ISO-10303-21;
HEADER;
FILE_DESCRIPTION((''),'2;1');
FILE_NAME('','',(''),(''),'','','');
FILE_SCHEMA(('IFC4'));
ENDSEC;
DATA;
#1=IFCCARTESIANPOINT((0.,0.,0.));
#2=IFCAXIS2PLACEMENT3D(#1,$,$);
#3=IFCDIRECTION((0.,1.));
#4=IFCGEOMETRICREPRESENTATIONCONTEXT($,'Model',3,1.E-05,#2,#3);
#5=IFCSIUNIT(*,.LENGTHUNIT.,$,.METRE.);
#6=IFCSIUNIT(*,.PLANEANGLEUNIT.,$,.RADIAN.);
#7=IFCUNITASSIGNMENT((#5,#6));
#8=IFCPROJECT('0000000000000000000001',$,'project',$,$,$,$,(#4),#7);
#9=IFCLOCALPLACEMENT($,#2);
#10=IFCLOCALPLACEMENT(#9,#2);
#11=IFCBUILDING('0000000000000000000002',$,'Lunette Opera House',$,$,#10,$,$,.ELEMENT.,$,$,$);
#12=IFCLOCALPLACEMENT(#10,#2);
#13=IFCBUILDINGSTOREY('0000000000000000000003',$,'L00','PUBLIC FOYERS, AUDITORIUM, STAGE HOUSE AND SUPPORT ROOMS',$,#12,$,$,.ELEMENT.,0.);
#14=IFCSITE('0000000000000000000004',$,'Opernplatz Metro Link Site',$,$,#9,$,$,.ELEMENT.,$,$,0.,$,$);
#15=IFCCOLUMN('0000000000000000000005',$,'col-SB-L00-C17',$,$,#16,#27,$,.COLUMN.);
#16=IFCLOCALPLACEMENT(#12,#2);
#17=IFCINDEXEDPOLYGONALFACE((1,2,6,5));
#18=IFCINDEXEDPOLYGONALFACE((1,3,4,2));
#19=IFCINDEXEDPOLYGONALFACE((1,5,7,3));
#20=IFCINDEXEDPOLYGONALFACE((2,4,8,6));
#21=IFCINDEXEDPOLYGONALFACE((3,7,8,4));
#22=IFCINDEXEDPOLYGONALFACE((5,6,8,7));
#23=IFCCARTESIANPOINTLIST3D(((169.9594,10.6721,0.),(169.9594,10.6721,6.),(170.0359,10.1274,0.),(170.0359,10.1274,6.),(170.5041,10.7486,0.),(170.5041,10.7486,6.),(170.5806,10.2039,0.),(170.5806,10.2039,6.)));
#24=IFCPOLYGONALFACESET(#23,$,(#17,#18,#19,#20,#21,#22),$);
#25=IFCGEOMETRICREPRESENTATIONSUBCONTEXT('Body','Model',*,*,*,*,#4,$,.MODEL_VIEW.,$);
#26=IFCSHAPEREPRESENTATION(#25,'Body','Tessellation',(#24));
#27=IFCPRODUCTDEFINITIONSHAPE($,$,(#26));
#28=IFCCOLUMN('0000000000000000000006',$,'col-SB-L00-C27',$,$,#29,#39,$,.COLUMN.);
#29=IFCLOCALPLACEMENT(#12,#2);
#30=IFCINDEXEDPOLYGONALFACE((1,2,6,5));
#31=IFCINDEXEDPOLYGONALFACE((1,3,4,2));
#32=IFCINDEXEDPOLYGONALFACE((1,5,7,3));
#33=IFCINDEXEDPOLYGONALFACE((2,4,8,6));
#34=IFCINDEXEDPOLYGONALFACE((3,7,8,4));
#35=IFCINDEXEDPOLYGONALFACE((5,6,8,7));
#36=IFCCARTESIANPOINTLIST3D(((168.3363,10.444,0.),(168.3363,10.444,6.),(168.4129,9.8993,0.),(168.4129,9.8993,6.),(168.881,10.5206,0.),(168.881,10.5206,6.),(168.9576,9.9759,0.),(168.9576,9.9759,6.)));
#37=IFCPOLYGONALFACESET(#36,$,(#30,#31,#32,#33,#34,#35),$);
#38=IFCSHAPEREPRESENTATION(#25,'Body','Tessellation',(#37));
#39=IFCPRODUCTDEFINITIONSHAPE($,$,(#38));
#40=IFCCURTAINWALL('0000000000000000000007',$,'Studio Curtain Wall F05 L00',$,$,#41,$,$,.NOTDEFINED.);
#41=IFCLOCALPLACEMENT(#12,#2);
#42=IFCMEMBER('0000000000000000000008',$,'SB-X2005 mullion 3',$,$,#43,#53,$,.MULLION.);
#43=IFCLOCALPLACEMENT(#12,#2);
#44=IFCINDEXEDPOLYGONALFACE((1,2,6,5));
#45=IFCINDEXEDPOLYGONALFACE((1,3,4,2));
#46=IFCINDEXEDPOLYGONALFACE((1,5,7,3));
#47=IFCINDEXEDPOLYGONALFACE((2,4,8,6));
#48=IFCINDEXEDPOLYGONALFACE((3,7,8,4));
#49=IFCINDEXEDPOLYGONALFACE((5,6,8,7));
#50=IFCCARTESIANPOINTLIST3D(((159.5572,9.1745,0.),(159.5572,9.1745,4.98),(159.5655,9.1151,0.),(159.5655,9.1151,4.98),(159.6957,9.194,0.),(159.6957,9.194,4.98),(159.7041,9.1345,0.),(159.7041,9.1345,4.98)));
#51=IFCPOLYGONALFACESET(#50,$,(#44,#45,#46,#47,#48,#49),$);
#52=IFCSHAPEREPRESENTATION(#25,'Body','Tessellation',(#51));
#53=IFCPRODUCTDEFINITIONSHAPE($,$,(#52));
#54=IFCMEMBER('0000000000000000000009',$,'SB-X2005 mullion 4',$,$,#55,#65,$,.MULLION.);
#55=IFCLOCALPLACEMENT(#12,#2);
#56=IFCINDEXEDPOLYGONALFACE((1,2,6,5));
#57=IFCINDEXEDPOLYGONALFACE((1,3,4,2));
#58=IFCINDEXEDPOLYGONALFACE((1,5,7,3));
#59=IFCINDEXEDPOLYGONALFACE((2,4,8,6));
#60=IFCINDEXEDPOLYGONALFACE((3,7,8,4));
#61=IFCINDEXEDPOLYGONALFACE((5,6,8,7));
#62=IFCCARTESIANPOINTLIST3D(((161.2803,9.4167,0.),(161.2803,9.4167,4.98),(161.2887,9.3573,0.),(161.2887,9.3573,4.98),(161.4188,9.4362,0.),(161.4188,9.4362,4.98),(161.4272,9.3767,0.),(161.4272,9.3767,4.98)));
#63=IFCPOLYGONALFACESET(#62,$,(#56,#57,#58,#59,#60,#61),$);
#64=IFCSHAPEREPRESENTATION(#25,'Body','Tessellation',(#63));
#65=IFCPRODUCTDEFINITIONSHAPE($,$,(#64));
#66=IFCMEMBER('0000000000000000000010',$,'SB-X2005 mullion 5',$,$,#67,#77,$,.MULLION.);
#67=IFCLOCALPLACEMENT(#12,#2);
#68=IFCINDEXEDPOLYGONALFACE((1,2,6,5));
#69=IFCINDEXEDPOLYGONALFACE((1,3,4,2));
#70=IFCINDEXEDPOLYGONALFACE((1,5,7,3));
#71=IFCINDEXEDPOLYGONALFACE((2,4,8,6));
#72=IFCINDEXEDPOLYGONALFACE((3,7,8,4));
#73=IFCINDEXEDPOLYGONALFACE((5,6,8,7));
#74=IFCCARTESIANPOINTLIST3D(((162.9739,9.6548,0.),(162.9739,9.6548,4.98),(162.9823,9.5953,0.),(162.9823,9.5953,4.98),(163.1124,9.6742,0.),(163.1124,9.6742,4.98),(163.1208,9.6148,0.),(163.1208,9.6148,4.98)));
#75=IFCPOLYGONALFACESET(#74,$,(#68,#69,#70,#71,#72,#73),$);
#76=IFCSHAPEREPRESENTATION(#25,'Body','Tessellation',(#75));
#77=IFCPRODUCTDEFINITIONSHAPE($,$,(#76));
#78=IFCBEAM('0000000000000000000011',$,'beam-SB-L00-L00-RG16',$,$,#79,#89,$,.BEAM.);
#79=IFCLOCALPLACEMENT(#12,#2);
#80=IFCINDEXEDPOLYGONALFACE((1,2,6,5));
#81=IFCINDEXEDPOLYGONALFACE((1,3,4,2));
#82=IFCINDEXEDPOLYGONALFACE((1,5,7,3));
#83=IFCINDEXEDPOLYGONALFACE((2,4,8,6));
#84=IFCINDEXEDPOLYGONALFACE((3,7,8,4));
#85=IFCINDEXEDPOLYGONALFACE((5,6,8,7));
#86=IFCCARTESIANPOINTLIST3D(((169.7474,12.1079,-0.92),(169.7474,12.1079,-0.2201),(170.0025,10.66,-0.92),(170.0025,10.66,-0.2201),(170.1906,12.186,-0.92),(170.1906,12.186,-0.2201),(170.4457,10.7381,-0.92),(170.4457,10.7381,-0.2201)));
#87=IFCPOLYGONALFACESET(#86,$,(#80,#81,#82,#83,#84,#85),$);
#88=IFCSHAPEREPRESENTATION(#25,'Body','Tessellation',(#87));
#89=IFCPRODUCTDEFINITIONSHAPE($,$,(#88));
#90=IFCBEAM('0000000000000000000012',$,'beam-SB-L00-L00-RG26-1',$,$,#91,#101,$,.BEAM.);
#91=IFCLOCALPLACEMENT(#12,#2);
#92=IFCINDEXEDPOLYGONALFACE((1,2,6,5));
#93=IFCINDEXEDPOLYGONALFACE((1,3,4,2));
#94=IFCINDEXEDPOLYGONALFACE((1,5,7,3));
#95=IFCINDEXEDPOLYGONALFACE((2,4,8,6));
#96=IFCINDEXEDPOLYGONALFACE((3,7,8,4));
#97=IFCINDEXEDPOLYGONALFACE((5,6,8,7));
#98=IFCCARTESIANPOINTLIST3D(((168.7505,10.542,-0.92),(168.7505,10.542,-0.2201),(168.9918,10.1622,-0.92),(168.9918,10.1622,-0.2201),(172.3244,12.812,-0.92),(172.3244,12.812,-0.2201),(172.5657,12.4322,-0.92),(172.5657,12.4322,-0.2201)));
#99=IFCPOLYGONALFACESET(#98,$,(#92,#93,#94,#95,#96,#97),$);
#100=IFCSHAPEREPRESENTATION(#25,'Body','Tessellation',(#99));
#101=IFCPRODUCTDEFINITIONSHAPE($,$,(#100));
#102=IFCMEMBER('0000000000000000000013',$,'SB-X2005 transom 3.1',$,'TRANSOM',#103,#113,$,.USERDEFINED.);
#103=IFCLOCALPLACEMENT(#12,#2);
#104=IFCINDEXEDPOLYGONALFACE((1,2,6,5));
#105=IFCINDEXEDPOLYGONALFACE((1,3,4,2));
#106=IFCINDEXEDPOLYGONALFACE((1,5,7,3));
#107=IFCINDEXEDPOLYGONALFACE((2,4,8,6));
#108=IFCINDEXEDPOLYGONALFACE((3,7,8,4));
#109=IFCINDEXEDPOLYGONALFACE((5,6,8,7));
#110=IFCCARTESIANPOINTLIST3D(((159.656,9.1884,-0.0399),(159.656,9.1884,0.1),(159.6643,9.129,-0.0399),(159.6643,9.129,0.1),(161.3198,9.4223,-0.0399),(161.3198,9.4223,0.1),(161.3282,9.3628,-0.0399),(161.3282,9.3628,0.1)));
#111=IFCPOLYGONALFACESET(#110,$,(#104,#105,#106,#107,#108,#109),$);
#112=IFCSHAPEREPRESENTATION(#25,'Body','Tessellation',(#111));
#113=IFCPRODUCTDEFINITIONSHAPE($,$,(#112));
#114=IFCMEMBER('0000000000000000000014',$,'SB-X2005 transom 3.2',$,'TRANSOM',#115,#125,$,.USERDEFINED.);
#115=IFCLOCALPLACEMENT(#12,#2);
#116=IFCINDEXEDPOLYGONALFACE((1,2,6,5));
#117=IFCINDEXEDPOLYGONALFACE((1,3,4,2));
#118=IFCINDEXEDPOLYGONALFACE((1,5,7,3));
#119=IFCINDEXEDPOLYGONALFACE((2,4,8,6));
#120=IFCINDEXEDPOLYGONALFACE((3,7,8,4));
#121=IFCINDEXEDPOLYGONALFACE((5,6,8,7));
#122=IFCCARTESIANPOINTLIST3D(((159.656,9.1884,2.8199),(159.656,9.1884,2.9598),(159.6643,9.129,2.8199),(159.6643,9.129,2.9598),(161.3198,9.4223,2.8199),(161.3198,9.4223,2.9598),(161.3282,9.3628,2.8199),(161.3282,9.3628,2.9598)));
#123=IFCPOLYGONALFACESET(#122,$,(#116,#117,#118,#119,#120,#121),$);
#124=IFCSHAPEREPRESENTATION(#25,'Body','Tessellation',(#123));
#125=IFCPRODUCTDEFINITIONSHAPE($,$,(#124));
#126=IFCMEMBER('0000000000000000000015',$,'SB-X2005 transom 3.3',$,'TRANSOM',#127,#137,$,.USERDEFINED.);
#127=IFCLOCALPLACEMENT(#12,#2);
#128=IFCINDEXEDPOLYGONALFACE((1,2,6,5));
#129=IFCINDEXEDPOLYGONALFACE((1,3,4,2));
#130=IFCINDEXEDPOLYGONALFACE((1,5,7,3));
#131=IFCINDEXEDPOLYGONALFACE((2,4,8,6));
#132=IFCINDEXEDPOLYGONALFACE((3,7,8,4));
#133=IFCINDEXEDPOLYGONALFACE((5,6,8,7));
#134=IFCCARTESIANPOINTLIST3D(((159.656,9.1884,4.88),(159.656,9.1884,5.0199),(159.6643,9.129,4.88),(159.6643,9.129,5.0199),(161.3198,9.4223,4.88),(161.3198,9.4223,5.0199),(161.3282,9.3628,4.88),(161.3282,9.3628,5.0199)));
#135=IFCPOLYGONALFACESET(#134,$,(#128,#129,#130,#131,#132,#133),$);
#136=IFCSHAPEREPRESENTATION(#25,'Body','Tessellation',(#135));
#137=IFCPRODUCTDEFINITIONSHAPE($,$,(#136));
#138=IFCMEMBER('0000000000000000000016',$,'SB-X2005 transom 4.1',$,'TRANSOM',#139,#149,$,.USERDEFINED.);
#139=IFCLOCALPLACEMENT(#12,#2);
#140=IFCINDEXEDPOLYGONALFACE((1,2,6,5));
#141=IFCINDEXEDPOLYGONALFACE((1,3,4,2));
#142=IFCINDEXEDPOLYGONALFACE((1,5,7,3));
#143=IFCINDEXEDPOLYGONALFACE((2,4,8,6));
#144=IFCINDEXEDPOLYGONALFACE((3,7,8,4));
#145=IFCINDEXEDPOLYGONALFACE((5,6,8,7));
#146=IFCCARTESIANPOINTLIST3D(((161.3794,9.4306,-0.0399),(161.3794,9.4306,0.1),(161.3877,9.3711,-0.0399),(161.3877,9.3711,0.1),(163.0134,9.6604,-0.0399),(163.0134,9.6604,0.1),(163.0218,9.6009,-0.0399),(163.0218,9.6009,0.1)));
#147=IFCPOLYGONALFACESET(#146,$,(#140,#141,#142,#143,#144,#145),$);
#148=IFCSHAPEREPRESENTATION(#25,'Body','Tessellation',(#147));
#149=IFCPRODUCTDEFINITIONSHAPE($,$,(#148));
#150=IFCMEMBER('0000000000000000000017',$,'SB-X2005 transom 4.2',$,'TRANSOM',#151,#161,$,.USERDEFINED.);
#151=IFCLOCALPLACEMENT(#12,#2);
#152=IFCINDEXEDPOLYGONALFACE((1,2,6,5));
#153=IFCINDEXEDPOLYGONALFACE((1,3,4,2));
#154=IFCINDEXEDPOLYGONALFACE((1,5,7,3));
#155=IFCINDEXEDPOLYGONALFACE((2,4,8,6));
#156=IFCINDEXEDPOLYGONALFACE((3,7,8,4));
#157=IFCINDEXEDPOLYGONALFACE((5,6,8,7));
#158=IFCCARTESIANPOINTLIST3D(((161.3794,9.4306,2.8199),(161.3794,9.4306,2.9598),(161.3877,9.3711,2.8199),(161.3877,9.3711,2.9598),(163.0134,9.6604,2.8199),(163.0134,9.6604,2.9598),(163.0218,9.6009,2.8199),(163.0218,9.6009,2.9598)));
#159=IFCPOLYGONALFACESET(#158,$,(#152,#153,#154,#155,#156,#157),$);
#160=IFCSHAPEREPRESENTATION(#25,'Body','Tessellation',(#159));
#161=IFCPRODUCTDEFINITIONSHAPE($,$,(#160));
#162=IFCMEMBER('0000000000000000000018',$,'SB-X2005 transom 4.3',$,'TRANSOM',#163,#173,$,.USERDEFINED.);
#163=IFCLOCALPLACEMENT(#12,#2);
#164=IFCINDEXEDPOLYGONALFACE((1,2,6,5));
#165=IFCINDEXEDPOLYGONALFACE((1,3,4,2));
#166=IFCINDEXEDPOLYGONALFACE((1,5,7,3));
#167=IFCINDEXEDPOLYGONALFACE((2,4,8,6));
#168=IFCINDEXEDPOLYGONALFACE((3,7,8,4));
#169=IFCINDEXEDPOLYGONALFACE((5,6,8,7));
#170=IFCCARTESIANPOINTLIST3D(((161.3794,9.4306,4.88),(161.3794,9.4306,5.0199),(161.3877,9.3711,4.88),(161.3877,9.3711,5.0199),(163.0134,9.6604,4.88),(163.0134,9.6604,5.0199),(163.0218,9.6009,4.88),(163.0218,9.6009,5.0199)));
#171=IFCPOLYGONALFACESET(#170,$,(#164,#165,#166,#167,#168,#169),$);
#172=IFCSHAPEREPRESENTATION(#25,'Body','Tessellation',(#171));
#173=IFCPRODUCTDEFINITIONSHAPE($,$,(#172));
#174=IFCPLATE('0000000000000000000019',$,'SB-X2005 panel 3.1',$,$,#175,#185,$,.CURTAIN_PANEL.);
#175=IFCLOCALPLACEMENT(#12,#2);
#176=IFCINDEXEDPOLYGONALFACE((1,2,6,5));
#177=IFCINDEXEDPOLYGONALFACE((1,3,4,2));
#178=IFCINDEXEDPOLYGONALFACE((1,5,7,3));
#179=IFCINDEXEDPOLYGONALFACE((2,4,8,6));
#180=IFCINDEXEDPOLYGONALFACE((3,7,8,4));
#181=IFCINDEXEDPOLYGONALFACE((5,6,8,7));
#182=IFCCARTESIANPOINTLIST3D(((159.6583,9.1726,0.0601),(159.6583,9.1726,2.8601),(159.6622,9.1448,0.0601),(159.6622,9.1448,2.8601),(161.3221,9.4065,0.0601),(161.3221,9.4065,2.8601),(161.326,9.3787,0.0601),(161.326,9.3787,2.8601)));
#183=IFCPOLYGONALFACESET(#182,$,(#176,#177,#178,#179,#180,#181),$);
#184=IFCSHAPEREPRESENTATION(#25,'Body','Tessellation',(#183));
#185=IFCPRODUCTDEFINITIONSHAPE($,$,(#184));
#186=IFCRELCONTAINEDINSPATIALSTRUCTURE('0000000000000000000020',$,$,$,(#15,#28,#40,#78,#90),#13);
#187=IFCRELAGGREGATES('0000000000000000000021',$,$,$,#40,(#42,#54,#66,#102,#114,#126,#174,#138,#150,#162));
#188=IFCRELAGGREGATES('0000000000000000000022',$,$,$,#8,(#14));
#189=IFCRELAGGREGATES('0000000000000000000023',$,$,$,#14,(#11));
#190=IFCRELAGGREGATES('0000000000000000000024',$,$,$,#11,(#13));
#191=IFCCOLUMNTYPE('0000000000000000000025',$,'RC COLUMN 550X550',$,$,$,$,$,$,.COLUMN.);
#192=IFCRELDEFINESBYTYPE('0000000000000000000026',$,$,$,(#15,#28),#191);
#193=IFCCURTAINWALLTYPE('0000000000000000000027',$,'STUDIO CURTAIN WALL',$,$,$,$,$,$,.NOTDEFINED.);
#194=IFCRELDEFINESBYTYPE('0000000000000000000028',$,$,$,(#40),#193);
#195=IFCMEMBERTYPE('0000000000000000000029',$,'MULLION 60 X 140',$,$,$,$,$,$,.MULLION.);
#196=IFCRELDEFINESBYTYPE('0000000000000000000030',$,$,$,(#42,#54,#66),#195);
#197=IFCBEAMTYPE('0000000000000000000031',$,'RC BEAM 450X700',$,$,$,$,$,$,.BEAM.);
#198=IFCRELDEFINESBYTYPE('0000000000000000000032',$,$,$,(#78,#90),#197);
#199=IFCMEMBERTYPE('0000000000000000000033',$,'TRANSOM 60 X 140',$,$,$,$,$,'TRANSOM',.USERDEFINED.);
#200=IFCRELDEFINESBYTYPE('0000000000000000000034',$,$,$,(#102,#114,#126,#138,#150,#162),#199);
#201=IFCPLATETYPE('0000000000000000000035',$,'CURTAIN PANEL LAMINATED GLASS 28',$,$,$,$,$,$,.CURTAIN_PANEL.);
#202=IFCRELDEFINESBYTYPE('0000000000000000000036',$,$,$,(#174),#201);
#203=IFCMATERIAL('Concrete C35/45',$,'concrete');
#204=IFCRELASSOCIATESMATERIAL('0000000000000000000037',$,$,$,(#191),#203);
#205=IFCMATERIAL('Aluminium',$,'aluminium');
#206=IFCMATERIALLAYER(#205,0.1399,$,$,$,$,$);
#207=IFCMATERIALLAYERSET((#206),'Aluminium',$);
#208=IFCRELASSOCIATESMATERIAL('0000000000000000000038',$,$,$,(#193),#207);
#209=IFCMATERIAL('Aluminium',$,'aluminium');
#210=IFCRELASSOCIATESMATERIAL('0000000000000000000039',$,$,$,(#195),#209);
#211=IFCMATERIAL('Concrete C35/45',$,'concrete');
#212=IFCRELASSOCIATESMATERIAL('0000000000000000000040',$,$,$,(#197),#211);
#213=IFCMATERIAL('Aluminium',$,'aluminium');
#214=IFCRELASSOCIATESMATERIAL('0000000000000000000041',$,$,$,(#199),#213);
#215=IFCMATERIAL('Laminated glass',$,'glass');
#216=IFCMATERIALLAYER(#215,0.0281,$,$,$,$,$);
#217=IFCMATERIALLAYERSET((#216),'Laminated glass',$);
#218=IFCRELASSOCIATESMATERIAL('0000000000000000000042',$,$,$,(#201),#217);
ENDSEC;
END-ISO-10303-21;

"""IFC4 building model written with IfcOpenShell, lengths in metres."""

from ifc_helpers import new_model, si_unit, direction, frame, origin, origin_2d, place, context, subcontext, project, spatial, rectangle, extrude, material, layer, layer_set, material_profile, profile_set, type_object, element, aggregate, save


model = new_model("IFC4")

# Units and contexts
model_context = context("Model", 3, precision=1e-05, world=origin(), true_north=direction((0.0, 1.0)))
body_context = subcontext(model_context, "Body", "Model", "MODEL_VIEW")
ifc_project = project(units=[si_unit("LENGTHUNIT", "METRE"), si_unit("PLANEANGLEUNIT", "RADIAN")], contexts=[model_context])

# Site, building, storey
site_placement = place(None, origin())
site = spatial("IfcSite", under=ifc_project, at=site_placement, Name="Opernplatz Metro Link Site", CompositionType="ELEMENT", RefElevation=0.0)
building_placement = place(site_placement, origin())
building = spatial("IfcBuilding", under=site, at=building_placement, Name="Lunette Opera House", CompositionType="ELEMENT")
storey_placement = place(building_placement, origin())
storey = spatial("IfcBuildingStorey", under=building, at=storey_placement, Name="L00", Description="PUBLIC FOYERS, AUDITORIUM, STAGE HOUSE AND SUPPORT ROOMS", CompositionType="ELEMENT", Elevation=0.0)

# Columns
ifc_material_1 = material(Name="Concrete C35/45", Category="concrete")
ifc_material_profile_1 = material_profile(ifc_material_1, rectangle(XDim=0.55, YDim=0.55, at=origin_2d()), Name="RC COLUMN 550X550")
ifc_profile_set_1 = profile_set([ifc_material_profile_1], Name="Concrete C35/45")
column_type = type_object("IfcColumnType", Name="RC COLUMN 550X550", PredefinedType="COLUMN", material=ifc_profile_set_1)
for number, where, z_axis, x_axis, name in (
    (1, (170.27, 10.438, 0.0), (0.0, 0.0, 1.0), (0.139173, -0.990268, 0.0), "col-SB-L00-C17"),
    (2, (168.647, 10.21, 0.0), (0.0, 0.0, 1.0), (0.139173, -0.990268, 0.0), "col-SB-L00-C27"),
):
    element("IfcColumn", number, at=place(storey_placement, frame(where, z_axis=z_axis, x_axis=x_axis)), inside=storey, type_object=column_type, Name=name, PredefinedType="COLUMN", context=body_context, shape_type="SweptSolid", body=[
        extrude(rectangle(XDim=0.55, YDim=0.55, at=origin_2d()), origin(), (0.0, 0.0, 1.0), 6.0),
    ])

# Curtain wall, members
ifc_material_2 = material(Name="Aluminium", Category="aluminium")
ifc_layer_1 = layer(ifc_material_2, 0.1399)
ifc_layer_set_1 = layer_set([ifc_layer_1], Name="Aluminium")
curtain_wall_type = type_object("IfcCurtainWallType", Name="STUDIO CURTAIN WALL", PredefinedType="NOTDEFINED", material=ifc_layer_set_1)
curtain_wall_placement = place(storey_placement, origin())
curtain_wall = element("IfcCurtainWall", 3, at=curtain_wall_placement, inside=storey, type_object=curtain_wall_type, Name="Studio Curtain Wall F05 L00", PredefinedType="NOTDEFINED")
ifc_material_3 = material(Name="Aluminium", Category="aluminium")
ifc_material_profile_2 = material_profile(ifc_material_3, rectangle(XDim=0.0601, YDim=0.1399, at=origin_2d()), Name="MULLION 60 X 140")
ifc_profile_set_2 = profile_set([ifc_material_profile_2], Name="Aluminium")
member_type_1 = type_object("IfcMemberType", Name="MULLION 60 X 140", PredefinedType="MULLION", material=ifc_profile_set_2)
member_1_placement = place(storey_placement, frame((159.6306, 9.1545, 0.0), z_axis=(0.0, 0.0, 1.0), x_axis=(-0.139209, 0.990263, 0.0)))
member_1 = element("IfcMember", 4, at=member_1_placement, type_object=member_type_1, Name="SB-X2005 mullion 3", PredefinedType="MULLION", context=body_context, shape_type="SweptSolid", body=[
    extrude(rectangle(XDim=0.0601, YDim=0.1399, at=origin_2d()), origin(), (0.0, 0.0, 1.0), 4.98),
])
member_2_placement = place(storey_placement, frame((161.3538, 9.3967, 0.0), z_axis=(0.0, 0.0, 1.0), x_axis=(-0.139209, 0.990263, 0.0)))
member_2 = element("IfcMember", 5, at=member_2_placement, type_object=member_type_1, Name="SB-X2005 mullion 4", PredefinedType="MULLION", context=body_context, shape_type="SweptSolid", body=[
    extrude(rectangle(XDim=0.0601, YDim=0.1399, at=origin_2d()), origin(), (0.0, 0.0, 1.0), 4.98),
])
member_3_placement = place(storey_placement, frame((163.0474, 9.6348, 0.0), z_axis=(0.0, 0.0, 1.0), x_axis=(-0.139209, 0.990263, 0.0)))
member_3 = element("IfcMember", 6, at=member_3_placement, type_object=member_type_1, Name="SB-X2005 mullion 5", PredefinedType="MULLION", context=body_context, shape_type="SweptSolid", body=[
    extrude(rectangle(XDim=0.0601, YDim=0.1399, at=origin_2d()), origin(), (0.0, 0.0, 1.0), 4.98),
])

# Beams
ifc_material_4 = material(Name="Concrete C35/45", Category="concrete")
ifc_material_profile_3 = material_profile(ifc_material_4, rectangle(XDim=0.45, YDim=0.7, at=origin_2d()), Name="RC BEAM 450X700")
ifc_profile_set_3 = profile_set([ifc_material_profile_3], Name="Concrete C35/45")
beam_type = type_object("IfcBeamType", Name="RC BEAM 450X700", PredefinedType="BEAM", material=ifc_profile_set_3)
beam_1_placement = place(storey_placement, frame((169.969, 12.147, -0.5701), z_axis=(0.17352, -0.98483, 0.0), x_axis=(0.98483, 0.17352, 0.0)))
element("IfcBeam", 7, at=beam_1_placement, inside=storey, type_object=beam_type, Name="beam-SB-L00-L00-RG16", PredefinedType="BEAM", context=body_context, shape_type="SweptSolid", body=[
    extrude(rectangle(XDim=0.45, YDim=0.7, at=origin_2d()), origin(), (0.0, 0.0, 1.0), 1.4702),
])
beam_2_placement = place(storey_placement, frame((172.4451, 12.6221, -0.5701), z_axis=(-0.844124, -0.536148, 0.0), x_axis=(0.536148, -0.844124, 0.0)))
element("IfcBeam", 8, at=beam_2_placement, inside=storey, type_object=beam_type, Name="beam-SB-L00-L00-RG26-1", PredefinedType="BEAM", context=body_context, shape_type="SweptSolid", body=[
    extrude(rectangle(XDim=0.45, YDim=0.7, at=origin_2d()), origin(), (0.0, 0.0, 1.0), 4.2339),
])

# Members
ifc_material_5 = material(Name="Aluminium", Category="aluminium")
ifc_material_profile_4 = material_profile(ifc_material_5, rectangle(XDim=0.0601, YDim=0.1399, at=origin_2d()), Name="TRANSOM 60 X 140")
ifc_profile_set_4 = profile_set([ifc_material_profile_4], Name="Aluminium")
member_type_2 = type_object("IfcMemberType", Name="TRANSOM 60 X 140", ElementType="TRANSOM", PredefinedType="USERDEFINED", material=ifc_profile_set_4)
member_4_placement = place(storey_placement, frame((159.6602, 9.1587, 0.03), z_axis=(0.990264, 0.139204, 0.0), x_axis=(-0.139204, 0.990264, 0.0)))
member_4 = element("IfcMember", 9, at=member_4_placement, type_object=member_type_2, Name="SB-X2005 transom 3.1", ObjectType="TRANSOM", PredefinedType="USERDEFINED", context=body_context, shape_type="SweptSolid", body=[
    extrude(rectangle(XDim=0.0601, YDim=0.1399, at=origin_2d()), origin(), (0.0, 0.0, 1.0), 1.6802),
])
member_5_placement = place(storey_placement, frame((159.6602, 9.1587, 2.8899), z_axis=(0.990264, 0.139204, 0.0), x_axis=(-0.139204, 0.990264, 0.0)))
member_5 = element("IfcMember", 10, at=member_5_placement, type_object=member_type_2, Name="SB-X2005 transom 3.2", ObjectType="TRANSOM", PredefinedType="USERDEFINED", context=body_context, shape_type="SweptSolid", body=[
    extrude(rectangle(XDim=0.0601, YDim=0.1399, at=origin_2d()), origin(), (0.0, 0.0, 1.0), 1.6802),
])
member_6_placement = place(storey_placement, frame((159.6602, 9.1587, 4.95), z_axis=(0.990264, 0.139204, 0.0), x_axis=(-0.139204, 0.990264, 0.0)))
member_6 = element("IfcMember", 11, at=member_6_placement, type_object=member_type_2, Name="SB-X2005 transom 3.3", ObjectType="TRANSOM", PredefinedType="USERDEFINED", context=body_context, shape_type="SweptSolid", body=[
    extrude(rectangle(XDim=0.0601, YDim=0.1399, at=origin_2d()), origin(), (0.0, 0.0, 1.0), 1.6802),
])
member_7_placement = place(storey_placement, frame((161.3835, 9.4009, 0.03), z_axis=(0.990261, 0.139225, 0.0), x_axis=(-0.139225, 0.990261, 0.0)))
member_7 = element("IfcMember", 12, at=member_7_placement, type_object=member_type_2, Name="SB-X2005 transom 4.1", ObjectType="TRANSOM", PredefinedType="USERDEFINED", context=body_context, shape_type="SweptSolid", body=[
    extrude(rectangle(XDim=0.0601, YDim=0.1399, at=origin_2d()), origin(), (0.0, 0.0, 1.0), 1.6501),
])
member_8_placement = place(storey_placement, frame((161.3835, 9.4009, 2.8899), z_axis=(0.990261, 0.139225, 0.0), x_axis=(-0.139225, 0.990261, 0.0)))
member_8 = element("IfcMember", 13, at=member_8_placement, type_object=member_type_2, Name="SB-X2005 transom 4.2", ObjectType="TRANSOM", PredefinedType="USERDEFINED", context=body_context, shape_type="SweptSolid", body=[
    extrude(rectangle(XDim=0.0601, YDim=0.1399, at=origin_2d()), origin(), (0.0, 0.0, 1.0), 1.6501),
])
member_9_placement = place(storey_placement, frame((161.3835, 9.4009, 4.95), z_axis=(0.990261, 0.139225, 0.0), x_axis=(-0.139225, 0.990261, 0.0)))
member_9 = element("IfcMember", 14, at=member_9_placement, type_object=member_type_2, Name="SB-X2005 transom 4.3", ObjectType="TRANSOM", PredefinedType="USERDEFINED", context=body_context, shape_type="SweptSolid", body=[
    extrude(rectangle(XDim=0.0601, YDim=0.1399, at=origin_2d()), origin(), (0.0, 0.0, 1.0), 1.6501),
])

# Plate
ifc_material_6 = material(Name="Laminated glass", Category="glass")
ifc_layer_2 = layer(ifc_material_6, 0.0281)
ifc_layer_set_2 = layer_set([ifc_layer_2], Name="Laminated glass")
plate_type = type_object("IfcPlateType", Name="CURTAIN PANEL LAMINATED GLASS 28", PredefinedType="CURTAIN_PANEL", material=ifc_layer_set_2)
plate_1_placement = place(storey_placement, frame((160.4922, 9.2756, 0.0601), z_axis=(0.0, 0.0, 1.0), x_axis=(0.990263, 0.139209, 0.0)))
plate_1 = element("IfcPlate", 15, at=plate_1_placement, type_object=plate_type, Name="SB-X2005 panel 3.1", PredefinedType="CURTAIN_PANEL", context=body_context, shape_type="SweptSolid", body=[
    extrude(rectangle(XDim=1.6802, YDim=0.0281, at=origin_2d()), origin(), (0.0, 0.0, 1.0), 2.8),
])
aggregate(curtain_wall, [member_1, member_2, member_3, member_4, member_5, member_6, plate_1, member_7, member_8, member_9])

save(model, "model.ifc")
